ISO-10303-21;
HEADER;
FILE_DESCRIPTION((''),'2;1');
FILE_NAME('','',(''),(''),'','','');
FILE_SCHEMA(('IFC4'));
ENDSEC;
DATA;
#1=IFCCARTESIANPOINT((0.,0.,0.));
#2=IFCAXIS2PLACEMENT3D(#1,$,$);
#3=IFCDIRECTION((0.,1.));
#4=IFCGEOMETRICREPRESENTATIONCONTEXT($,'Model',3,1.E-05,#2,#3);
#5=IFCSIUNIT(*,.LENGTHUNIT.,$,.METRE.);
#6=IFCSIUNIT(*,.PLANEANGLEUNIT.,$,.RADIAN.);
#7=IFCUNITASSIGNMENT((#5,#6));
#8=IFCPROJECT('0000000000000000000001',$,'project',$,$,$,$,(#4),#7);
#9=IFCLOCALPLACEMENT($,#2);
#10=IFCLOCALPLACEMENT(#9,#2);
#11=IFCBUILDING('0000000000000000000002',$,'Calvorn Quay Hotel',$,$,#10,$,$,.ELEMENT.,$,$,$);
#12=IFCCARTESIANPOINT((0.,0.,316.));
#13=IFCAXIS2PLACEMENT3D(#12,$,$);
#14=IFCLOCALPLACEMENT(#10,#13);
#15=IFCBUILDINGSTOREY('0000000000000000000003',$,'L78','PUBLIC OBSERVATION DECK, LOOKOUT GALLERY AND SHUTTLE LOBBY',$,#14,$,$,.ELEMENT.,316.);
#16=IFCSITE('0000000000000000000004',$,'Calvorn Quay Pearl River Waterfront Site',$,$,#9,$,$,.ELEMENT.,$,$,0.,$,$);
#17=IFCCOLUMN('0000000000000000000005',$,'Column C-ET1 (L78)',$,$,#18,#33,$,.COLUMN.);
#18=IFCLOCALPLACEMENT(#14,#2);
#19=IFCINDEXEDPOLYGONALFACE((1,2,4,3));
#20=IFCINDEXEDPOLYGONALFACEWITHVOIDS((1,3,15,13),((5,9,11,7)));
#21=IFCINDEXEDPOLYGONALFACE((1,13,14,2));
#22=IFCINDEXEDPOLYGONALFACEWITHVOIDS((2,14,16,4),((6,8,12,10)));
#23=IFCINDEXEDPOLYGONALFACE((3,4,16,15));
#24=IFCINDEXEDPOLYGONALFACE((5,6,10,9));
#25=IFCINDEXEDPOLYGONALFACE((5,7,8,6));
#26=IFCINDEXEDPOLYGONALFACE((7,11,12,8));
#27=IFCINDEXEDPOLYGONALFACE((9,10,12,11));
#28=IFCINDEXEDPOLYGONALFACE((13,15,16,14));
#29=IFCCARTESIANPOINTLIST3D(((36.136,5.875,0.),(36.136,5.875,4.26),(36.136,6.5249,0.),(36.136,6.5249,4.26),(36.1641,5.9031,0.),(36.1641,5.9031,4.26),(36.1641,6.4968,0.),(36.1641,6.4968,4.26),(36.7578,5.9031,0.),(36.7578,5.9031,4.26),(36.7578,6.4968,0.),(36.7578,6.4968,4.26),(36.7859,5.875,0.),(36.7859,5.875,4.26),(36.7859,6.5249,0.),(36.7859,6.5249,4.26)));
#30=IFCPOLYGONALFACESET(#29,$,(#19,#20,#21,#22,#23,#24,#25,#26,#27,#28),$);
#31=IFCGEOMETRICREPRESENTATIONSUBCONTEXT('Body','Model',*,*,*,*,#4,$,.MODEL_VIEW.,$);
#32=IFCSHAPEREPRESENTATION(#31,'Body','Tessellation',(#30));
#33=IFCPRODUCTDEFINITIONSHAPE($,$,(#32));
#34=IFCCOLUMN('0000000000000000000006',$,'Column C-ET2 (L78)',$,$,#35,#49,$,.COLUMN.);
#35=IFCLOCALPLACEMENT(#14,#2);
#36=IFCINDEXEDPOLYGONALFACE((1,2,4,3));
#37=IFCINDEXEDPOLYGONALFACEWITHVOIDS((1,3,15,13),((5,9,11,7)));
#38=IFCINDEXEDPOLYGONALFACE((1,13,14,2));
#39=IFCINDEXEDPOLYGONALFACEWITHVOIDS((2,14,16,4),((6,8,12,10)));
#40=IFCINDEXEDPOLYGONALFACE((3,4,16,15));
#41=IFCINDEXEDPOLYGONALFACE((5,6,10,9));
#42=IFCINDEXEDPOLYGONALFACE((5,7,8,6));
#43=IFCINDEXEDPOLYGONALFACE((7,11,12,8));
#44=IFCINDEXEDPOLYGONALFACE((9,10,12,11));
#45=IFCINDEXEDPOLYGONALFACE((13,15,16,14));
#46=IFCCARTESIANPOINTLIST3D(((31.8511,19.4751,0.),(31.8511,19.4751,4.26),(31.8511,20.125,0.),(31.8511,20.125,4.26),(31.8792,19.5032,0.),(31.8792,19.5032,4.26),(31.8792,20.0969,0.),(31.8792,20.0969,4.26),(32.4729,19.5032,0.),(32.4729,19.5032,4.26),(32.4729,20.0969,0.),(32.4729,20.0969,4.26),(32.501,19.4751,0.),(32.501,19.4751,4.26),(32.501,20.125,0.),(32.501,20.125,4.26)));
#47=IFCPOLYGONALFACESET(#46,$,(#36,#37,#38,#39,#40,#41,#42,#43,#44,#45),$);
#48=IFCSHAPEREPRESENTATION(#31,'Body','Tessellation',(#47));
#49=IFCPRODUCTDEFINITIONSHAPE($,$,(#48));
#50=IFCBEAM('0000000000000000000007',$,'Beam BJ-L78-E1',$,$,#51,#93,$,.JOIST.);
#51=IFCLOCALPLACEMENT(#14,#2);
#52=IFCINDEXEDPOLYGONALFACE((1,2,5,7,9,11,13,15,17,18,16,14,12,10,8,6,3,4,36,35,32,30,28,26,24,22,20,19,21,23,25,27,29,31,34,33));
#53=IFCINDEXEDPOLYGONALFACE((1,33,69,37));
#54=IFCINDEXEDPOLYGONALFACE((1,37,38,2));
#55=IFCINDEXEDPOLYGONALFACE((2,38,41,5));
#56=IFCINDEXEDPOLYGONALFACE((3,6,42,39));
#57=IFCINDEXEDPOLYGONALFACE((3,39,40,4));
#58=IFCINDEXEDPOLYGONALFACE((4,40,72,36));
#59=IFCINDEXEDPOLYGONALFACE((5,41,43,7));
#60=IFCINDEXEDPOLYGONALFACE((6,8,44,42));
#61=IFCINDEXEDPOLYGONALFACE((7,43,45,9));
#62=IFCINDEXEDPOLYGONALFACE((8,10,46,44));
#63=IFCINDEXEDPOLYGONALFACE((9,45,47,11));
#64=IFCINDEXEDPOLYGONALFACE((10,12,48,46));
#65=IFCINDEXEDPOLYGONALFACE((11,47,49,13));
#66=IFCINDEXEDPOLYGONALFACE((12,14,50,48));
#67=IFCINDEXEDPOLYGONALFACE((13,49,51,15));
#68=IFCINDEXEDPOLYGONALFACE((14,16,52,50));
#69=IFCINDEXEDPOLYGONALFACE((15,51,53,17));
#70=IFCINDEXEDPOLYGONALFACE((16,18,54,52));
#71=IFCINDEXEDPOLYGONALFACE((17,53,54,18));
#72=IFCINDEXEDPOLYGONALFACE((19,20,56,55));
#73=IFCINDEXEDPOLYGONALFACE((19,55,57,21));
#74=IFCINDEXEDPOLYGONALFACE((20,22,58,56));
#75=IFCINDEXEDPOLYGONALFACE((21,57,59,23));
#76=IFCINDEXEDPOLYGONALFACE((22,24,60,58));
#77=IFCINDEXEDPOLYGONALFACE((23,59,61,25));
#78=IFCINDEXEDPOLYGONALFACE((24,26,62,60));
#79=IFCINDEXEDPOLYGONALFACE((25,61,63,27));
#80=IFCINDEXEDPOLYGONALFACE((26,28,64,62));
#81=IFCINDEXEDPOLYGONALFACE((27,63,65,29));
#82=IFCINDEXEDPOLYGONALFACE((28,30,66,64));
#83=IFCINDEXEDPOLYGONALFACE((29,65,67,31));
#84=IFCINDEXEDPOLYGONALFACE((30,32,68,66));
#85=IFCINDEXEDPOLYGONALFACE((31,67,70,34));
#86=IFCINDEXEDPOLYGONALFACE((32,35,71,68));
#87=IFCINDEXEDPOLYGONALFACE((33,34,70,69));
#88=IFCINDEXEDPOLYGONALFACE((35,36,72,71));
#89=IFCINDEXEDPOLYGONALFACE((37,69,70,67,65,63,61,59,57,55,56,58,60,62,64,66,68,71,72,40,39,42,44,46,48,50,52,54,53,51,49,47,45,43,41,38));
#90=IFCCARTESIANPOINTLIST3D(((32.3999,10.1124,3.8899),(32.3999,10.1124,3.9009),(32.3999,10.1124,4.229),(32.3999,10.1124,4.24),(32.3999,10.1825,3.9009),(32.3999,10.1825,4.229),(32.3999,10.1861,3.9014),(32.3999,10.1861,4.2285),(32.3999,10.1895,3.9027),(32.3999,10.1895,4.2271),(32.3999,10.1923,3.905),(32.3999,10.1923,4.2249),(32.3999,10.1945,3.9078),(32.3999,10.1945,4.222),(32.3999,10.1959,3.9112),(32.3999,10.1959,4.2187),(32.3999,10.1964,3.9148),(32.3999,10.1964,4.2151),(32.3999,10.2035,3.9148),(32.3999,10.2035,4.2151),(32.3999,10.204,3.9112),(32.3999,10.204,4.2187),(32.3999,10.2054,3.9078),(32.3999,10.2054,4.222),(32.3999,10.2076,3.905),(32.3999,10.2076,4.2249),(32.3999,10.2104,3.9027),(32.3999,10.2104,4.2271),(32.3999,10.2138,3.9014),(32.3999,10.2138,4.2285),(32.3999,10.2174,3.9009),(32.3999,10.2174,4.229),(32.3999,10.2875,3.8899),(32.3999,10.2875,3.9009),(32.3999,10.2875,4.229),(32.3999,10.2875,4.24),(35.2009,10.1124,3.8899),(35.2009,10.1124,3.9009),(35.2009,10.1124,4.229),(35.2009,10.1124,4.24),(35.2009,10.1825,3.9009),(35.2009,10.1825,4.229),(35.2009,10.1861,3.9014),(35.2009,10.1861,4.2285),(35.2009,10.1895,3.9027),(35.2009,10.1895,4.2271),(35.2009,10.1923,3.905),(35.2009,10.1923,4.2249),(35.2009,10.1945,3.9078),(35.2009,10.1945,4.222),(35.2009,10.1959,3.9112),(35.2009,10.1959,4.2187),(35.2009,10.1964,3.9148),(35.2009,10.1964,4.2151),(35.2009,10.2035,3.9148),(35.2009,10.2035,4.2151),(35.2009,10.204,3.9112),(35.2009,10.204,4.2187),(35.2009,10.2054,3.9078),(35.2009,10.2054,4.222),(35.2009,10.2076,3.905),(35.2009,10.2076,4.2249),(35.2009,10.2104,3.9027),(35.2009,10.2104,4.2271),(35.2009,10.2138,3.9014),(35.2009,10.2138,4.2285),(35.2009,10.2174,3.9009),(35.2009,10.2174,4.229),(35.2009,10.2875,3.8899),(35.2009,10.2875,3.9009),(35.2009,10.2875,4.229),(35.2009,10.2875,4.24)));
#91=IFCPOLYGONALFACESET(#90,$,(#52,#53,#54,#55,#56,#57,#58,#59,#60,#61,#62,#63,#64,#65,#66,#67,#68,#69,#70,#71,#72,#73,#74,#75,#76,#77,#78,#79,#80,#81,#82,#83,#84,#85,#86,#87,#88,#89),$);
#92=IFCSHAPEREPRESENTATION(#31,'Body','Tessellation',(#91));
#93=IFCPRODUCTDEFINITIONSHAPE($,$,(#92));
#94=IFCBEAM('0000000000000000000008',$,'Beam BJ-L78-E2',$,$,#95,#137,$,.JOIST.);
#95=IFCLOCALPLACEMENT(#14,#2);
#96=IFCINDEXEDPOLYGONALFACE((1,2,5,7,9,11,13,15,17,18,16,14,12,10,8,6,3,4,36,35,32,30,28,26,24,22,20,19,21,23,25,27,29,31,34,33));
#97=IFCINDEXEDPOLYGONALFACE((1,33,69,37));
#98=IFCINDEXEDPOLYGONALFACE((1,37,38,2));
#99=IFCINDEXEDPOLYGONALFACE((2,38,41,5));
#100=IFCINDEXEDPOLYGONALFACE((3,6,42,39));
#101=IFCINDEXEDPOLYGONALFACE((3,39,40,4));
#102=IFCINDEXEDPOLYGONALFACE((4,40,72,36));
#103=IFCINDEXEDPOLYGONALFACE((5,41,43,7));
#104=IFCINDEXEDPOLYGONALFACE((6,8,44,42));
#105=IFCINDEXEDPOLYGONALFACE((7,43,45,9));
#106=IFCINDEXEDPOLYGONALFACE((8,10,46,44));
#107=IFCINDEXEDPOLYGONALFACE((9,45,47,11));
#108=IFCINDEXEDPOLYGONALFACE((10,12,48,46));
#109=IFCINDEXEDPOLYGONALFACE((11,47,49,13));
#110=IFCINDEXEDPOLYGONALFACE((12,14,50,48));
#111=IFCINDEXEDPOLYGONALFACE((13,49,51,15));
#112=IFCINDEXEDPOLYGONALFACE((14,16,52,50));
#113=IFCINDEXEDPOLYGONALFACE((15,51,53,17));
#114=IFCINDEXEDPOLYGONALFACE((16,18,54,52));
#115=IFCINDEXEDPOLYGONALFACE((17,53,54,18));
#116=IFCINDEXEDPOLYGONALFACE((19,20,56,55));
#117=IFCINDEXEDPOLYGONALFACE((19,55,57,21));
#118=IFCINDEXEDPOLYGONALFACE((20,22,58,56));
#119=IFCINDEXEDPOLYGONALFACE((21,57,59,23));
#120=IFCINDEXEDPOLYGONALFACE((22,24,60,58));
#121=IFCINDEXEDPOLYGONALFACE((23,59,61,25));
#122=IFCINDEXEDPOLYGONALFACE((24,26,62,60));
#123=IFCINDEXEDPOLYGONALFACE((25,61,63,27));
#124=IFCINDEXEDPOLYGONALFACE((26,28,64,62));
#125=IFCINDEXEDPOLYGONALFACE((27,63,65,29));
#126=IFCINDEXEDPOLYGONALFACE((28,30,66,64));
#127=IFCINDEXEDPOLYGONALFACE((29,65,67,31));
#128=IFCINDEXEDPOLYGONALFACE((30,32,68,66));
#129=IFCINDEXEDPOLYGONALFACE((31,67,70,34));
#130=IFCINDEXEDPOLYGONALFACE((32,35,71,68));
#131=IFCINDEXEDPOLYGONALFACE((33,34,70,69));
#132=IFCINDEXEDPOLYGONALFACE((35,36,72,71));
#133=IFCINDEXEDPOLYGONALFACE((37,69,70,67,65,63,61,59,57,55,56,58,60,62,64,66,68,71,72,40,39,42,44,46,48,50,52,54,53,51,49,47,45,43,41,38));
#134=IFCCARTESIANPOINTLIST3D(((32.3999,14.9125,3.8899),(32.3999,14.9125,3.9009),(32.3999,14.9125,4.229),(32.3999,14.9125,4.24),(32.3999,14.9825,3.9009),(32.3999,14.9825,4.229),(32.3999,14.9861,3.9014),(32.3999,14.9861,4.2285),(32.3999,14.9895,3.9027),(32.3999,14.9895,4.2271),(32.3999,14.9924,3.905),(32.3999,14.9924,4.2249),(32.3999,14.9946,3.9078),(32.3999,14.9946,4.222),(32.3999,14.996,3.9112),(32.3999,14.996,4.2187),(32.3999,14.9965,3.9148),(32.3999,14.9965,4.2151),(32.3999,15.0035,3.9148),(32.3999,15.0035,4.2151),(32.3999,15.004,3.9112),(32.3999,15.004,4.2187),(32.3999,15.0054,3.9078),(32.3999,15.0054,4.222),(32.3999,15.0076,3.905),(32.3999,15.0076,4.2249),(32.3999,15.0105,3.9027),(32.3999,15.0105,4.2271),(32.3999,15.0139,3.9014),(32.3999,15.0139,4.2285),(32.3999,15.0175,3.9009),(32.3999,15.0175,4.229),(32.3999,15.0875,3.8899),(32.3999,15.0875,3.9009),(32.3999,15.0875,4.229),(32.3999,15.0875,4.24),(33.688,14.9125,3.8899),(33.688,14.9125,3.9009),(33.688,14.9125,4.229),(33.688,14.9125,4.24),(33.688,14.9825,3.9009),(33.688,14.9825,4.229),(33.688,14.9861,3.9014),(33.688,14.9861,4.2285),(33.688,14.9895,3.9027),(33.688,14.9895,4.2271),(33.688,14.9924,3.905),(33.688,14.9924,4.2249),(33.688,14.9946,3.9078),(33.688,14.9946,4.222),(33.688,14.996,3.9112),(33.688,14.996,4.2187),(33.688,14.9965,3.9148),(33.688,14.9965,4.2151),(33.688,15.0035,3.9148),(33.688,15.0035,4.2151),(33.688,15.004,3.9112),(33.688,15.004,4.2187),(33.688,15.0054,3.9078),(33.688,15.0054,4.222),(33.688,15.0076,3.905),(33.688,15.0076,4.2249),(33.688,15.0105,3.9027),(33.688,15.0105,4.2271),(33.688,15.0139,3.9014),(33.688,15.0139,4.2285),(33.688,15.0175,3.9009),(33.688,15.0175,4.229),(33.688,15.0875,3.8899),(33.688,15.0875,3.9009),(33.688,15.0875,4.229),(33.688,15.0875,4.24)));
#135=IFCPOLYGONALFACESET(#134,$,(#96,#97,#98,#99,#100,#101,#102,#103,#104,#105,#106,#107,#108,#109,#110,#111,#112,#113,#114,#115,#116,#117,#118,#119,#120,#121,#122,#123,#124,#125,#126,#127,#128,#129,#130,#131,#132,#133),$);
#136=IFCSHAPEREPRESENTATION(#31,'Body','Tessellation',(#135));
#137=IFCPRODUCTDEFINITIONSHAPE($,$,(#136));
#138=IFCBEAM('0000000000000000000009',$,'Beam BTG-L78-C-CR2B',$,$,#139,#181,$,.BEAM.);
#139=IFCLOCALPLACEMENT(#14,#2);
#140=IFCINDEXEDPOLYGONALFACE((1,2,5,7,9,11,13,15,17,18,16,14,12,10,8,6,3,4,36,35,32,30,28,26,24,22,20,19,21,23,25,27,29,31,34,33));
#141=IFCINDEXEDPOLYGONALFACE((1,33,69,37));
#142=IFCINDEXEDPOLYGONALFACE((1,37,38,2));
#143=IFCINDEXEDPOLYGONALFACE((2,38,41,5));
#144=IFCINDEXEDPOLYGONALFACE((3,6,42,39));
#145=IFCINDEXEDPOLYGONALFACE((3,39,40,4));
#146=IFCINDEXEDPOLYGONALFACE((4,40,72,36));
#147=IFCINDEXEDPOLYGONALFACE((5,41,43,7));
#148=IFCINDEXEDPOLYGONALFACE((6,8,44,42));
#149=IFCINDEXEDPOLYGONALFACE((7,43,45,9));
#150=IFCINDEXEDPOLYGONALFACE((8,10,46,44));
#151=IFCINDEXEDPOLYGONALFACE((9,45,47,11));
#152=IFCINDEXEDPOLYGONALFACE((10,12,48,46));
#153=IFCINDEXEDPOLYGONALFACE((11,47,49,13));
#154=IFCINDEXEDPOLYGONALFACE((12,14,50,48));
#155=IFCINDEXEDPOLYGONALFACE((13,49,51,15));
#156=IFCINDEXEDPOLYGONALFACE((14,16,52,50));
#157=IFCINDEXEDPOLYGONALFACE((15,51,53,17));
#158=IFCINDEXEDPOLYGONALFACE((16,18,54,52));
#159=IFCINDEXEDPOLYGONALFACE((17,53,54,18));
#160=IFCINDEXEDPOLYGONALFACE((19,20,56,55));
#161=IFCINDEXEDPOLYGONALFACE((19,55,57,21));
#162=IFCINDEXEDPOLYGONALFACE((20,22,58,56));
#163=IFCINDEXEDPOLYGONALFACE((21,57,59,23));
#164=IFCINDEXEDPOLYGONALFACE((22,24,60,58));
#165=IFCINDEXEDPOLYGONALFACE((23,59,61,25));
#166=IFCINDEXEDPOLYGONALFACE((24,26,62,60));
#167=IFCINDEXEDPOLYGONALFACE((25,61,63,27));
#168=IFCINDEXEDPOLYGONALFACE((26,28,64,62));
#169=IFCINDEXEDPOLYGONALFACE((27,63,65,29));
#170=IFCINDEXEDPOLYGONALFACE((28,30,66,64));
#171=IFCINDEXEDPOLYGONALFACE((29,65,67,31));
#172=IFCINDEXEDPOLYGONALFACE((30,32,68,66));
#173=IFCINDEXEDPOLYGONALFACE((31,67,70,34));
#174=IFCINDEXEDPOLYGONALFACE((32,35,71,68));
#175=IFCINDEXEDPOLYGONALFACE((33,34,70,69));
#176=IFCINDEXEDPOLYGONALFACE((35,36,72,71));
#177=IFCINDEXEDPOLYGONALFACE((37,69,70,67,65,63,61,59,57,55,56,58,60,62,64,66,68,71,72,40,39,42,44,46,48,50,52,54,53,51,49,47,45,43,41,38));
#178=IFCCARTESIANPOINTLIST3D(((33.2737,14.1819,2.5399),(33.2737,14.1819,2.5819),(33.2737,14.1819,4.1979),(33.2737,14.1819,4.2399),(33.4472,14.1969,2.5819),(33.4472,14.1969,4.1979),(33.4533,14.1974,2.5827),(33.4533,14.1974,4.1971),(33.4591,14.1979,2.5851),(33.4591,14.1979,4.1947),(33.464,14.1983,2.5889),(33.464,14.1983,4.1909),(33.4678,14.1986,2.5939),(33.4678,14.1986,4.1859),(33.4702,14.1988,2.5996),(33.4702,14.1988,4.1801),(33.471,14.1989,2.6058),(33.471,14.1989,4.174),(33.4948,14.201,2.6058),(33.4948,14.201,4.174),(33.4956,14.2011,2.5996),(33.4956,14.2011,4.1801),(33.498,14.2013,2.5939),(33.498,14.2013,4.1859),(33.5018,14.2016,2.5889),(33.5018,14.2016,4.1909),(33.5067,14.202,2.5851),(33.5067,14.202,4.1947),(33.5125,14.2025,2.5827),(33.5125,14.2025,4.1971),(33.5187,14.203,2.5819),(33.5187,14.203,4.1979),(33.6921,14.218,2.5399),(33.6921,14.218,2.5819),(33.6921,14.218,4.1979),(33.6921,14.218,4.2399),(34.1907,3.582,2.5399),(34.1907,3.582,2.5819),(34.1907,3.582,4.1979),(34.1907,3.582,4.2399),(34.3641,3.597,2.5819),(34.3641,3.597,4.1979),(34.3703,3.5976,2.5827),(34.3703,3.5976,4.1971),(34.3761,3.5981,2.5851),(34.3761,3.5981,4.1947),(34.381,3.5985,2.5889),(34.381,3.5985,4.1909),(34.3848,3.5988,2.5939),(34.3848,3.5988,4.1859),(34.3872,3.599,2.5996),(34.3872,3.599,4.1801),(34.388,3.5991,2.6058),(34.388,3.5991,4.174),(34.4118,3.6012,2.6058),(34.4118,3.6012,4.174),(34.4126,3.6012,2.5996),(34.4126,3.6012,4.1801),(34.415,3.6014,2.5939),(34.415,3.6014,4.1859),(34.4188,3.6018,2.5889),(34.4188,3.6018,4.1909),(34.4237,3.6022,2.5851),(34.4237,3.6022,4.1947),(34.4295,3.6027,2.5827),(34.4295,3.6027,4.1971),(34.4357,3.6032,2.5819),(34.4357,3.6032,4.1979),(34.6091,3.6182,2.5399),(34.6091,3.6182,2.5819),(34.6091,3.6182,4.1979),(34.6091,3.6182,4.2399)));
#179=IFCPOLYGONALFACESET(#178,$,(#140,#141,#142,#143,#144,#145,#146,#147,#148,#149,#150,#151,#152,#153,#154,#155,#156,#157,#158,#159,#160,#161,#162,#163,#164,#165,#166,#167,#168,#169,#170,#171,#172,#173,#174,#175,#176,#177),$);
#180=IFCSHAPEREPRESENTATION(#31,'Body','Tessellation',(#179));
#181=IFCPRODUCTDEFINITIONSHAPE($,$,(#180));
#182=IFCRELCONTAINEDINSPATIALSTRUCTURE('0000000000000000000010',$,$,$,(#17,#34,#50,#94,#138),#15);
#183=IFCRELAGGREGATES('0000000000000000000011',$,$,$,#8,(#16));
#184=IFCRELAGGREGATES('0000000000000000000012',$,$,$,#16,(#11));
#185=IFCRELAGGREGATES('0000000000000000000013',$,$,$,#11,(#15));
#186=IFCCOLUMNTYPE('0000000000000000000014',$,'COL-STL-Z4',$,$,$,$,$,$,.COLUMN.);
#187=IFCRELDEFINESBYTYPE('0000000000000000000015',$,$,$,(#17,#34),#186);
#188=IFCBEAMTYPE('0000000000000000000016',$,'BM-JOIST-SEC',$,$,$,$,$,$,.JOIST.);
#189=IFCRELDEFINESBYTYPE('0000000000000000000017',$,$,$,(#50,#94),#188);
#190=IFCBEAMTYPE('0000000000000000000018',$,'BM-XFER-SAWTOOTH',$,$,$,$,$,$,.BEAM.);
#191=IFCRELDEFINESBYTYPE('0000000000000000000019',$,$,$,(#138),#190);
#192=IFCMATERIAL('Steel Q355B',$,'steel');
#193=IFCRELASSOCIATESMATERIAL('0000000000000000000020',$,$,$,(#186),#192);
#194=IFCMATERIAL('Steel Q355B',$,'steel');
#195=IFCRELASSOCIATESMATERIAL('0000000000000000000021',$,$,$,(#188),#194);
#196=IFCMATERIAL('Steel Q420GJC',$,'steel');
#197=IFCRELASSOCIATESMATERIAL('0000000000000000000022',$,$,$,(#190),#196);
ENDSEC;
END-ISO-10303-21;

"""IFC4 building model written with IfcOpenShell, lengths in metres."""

from ifc_helpers import new_model, si_unit, direction, frame, origin, origin_2d, place, context, subcontext, project, spatial, hollow_rectangle, i_section, extrude, material, material_profile, profile_set, type_object, element, save


model = new_model("IFC4")

# Units and contexts
model_context = context("Model", 3, precision=1e-05, world=origin(), true_north=direction((0.0, 1.0)))
body_context = subcontext(model_context, "Body", "Model", "MODEL_VIEW")
ifc_project = project(units=[si_unit("LENGTHUNIT", "METRE"), si_unit("PLANEANGLEUNIT", "RADIAN")], contexts=[model_context])

# Site, building, storey
site_placement = place(None, origin())
site = spatial("IfcSite", under=ifc_project, at=site_placement, Name="Calvorn Quay Pearl River Waterfront Site", CompositionType="ELEMENT", RefElevation=0.0)
building_placement = place(site_placement, origin())
building = spatial("IfcBuilding", under=site, at=building_placement, Name="Calvorn Quay Hotel", CompositionType="ELEMENT")
storey_placement = place(building_placement, frame((0.0, 0.0, 316.0)))
storey = spatial("IfcBuildingStorey", under=building, at=storey_placement, Name="L78", Description="PUBLIC OBSERVATION DECK, LOOKOUT GALLERY AND SHUTTLE LOBBY", CompositionType="ELEMENT", Elevation=316.0)

# Columns
ifc_material_1 = material(Name="Steel Q355B", Category="steel")
ifc_material_profile_1 = material_profile(ifc_material_1, hollow_rectangle(XDim=0.6499, YDim=0.6499, WallThickness=0.0281, at=origin_2d()), Name="BOX650x650x28")
ifc_profile_set_1 = profile_set([ifc_material_profile_1], Name="Steel Q355B")
column_type = type_object("IfcColumnType", Name="COL-STL-Z4", PredefinedType="COLUMN", material=ifc_profile_set_1)
for number, where, z_axis, x_axis, name in (
    (1, (36.4609, 6.2, 0.0), (0.0, 0.0, 1.0), (1.0, 0.0, 0.0), "Column C-ET1 (L78)"),
    (2, (32.176, 19.8, 0.0), (0.0, 0.0, 1.0), (1.0, 0.0, 0.0), "Column C-ET2 (L78)"),
):
    element("IfcColumn", number, at=place(storey_placement, frame(where, z_axis=z_axis, x_axis=x_axis)), inside=storey, type_object=column_type, Name=name, PredefinedType="COLUMN", context=body_context, shape_type="SweptSolid", body=[
        extrude(hollow_rectangle(XDim=0.6499, YDim=0.6499, WallThickness=0.0281, at=origin_2d()), origin(), (0.0, 0.0, 1.0), 4.26),
    ])

# Beams
ifc_material_2 = material(Name="Steel Q355B", Category="steel")
ifc_material_profile_2 = material_profile(ifc_material_2, i_section(OverallWidth=0.175, OverallDepth=0.3501, WebThickness=0.0071, FlangeThickness=0.011, FilletRadius=0.0139, at=origin_2d()), Name="HN350x175x7x11")
ifc_profile_set_2 = profile_set([ifc_material_profile_2], Name="Steel Q355B")
beam_type_1 = type_object("IfcBeamType", Name="BM-JOIST-SEC", PredefinedType="JOIST", material=ifc_profile_set_2)
beam_1_placement = place(storey_placement, frame((32.3999, 10.2, 4.0649), z_axis=(1.0, 0.0, 0.0), x_axis=(0.0, 1.0, 0.0)))
element("IfcBeam", 3, at=beam_1_placement, inside=storey, type_object=beam_type_1, Name="Beam BJ-L78-E1", PredefinedType="JOIST", context=body_context, shape_type="SweptSolid", body=[
    extrude(i_section(OverallWidth=0.175, OverallDepth=0.3501, WebThickness=0.0071, FlangeThickness=0.011, FilletRadius=0.0139, at=origin_2d()), origin(), (0.0, 0.0, 1.0), 2.801),
])
beam_2_placement = place(storey_placement, frame((32.3999, 15.0, 4.0649), z_axis=(1.0, 0.0, 0.0), x_axis=(0.0, 1.0, 0.0)))
element("IfcBeam", 4, at=beam_2_placement, inside=storey, type_object=beam_type_1, Name="Beam BJ-L78-E2", PredefinedType="JOIST", context=body_context, shape_type="SweptSolid", body=[
    extrude(i_section(OverallWidth=0.175, OverallDepth=0.3501, WebThickness=0.0071, FlangeThickness=0.011, FilletRadius=0.0139, at=origin_2d()), origin(), (0.0, 0.0, 1.0), 1.2881),
])
ifc_material_3 = material(Name="Steel Q420GJC", Category="steel")
ifc_material_profile_3 = material_profile(ifc_material_3, i_section(OverallWidth=0.4199, OverallDepth=1.7, WebThickness=0.0239, FlangeThickness=0.042, FilletRadius=0.0239, at=origin_2d()), Name="HN1700x420x24x42")
ifc_profile_set_3 = profile_set([ifc_material_profile_3], Name="Steel Q420GJC")
beam_type_2 = type_object("IfcBeamType", Name="BM-XFER-SAWTOOTH", PredefinedType="BEAM", material=ifc_profile_set_3)
beam_3_placement = place(storey_placement, frame((33.4829, 14.2, 3.3899), z_axis=(0.086188, -0.996279, 0.0), x_axis=(0.996279, 0.086188, 0.0)))
element("IfcBeam", 5, at=beam_3_placement, inside=storey, type_object=beam_type_2, Name="Beam BTG-L78-C-CR2B", PredefinedType="BEAM", context=body_context, shape_type="SweptSolid", body=[
    extrude(i_section(OverallWidth=0.4199, OverallDepth=1.7, WebThickness=0.0239, FlangeThickness=0.042, FilletRadius=0.0239, at=origin_2d()), origin(), (0.0, 0.0, 1.0), 10.6394),
])

save(model, "model.ifc")
